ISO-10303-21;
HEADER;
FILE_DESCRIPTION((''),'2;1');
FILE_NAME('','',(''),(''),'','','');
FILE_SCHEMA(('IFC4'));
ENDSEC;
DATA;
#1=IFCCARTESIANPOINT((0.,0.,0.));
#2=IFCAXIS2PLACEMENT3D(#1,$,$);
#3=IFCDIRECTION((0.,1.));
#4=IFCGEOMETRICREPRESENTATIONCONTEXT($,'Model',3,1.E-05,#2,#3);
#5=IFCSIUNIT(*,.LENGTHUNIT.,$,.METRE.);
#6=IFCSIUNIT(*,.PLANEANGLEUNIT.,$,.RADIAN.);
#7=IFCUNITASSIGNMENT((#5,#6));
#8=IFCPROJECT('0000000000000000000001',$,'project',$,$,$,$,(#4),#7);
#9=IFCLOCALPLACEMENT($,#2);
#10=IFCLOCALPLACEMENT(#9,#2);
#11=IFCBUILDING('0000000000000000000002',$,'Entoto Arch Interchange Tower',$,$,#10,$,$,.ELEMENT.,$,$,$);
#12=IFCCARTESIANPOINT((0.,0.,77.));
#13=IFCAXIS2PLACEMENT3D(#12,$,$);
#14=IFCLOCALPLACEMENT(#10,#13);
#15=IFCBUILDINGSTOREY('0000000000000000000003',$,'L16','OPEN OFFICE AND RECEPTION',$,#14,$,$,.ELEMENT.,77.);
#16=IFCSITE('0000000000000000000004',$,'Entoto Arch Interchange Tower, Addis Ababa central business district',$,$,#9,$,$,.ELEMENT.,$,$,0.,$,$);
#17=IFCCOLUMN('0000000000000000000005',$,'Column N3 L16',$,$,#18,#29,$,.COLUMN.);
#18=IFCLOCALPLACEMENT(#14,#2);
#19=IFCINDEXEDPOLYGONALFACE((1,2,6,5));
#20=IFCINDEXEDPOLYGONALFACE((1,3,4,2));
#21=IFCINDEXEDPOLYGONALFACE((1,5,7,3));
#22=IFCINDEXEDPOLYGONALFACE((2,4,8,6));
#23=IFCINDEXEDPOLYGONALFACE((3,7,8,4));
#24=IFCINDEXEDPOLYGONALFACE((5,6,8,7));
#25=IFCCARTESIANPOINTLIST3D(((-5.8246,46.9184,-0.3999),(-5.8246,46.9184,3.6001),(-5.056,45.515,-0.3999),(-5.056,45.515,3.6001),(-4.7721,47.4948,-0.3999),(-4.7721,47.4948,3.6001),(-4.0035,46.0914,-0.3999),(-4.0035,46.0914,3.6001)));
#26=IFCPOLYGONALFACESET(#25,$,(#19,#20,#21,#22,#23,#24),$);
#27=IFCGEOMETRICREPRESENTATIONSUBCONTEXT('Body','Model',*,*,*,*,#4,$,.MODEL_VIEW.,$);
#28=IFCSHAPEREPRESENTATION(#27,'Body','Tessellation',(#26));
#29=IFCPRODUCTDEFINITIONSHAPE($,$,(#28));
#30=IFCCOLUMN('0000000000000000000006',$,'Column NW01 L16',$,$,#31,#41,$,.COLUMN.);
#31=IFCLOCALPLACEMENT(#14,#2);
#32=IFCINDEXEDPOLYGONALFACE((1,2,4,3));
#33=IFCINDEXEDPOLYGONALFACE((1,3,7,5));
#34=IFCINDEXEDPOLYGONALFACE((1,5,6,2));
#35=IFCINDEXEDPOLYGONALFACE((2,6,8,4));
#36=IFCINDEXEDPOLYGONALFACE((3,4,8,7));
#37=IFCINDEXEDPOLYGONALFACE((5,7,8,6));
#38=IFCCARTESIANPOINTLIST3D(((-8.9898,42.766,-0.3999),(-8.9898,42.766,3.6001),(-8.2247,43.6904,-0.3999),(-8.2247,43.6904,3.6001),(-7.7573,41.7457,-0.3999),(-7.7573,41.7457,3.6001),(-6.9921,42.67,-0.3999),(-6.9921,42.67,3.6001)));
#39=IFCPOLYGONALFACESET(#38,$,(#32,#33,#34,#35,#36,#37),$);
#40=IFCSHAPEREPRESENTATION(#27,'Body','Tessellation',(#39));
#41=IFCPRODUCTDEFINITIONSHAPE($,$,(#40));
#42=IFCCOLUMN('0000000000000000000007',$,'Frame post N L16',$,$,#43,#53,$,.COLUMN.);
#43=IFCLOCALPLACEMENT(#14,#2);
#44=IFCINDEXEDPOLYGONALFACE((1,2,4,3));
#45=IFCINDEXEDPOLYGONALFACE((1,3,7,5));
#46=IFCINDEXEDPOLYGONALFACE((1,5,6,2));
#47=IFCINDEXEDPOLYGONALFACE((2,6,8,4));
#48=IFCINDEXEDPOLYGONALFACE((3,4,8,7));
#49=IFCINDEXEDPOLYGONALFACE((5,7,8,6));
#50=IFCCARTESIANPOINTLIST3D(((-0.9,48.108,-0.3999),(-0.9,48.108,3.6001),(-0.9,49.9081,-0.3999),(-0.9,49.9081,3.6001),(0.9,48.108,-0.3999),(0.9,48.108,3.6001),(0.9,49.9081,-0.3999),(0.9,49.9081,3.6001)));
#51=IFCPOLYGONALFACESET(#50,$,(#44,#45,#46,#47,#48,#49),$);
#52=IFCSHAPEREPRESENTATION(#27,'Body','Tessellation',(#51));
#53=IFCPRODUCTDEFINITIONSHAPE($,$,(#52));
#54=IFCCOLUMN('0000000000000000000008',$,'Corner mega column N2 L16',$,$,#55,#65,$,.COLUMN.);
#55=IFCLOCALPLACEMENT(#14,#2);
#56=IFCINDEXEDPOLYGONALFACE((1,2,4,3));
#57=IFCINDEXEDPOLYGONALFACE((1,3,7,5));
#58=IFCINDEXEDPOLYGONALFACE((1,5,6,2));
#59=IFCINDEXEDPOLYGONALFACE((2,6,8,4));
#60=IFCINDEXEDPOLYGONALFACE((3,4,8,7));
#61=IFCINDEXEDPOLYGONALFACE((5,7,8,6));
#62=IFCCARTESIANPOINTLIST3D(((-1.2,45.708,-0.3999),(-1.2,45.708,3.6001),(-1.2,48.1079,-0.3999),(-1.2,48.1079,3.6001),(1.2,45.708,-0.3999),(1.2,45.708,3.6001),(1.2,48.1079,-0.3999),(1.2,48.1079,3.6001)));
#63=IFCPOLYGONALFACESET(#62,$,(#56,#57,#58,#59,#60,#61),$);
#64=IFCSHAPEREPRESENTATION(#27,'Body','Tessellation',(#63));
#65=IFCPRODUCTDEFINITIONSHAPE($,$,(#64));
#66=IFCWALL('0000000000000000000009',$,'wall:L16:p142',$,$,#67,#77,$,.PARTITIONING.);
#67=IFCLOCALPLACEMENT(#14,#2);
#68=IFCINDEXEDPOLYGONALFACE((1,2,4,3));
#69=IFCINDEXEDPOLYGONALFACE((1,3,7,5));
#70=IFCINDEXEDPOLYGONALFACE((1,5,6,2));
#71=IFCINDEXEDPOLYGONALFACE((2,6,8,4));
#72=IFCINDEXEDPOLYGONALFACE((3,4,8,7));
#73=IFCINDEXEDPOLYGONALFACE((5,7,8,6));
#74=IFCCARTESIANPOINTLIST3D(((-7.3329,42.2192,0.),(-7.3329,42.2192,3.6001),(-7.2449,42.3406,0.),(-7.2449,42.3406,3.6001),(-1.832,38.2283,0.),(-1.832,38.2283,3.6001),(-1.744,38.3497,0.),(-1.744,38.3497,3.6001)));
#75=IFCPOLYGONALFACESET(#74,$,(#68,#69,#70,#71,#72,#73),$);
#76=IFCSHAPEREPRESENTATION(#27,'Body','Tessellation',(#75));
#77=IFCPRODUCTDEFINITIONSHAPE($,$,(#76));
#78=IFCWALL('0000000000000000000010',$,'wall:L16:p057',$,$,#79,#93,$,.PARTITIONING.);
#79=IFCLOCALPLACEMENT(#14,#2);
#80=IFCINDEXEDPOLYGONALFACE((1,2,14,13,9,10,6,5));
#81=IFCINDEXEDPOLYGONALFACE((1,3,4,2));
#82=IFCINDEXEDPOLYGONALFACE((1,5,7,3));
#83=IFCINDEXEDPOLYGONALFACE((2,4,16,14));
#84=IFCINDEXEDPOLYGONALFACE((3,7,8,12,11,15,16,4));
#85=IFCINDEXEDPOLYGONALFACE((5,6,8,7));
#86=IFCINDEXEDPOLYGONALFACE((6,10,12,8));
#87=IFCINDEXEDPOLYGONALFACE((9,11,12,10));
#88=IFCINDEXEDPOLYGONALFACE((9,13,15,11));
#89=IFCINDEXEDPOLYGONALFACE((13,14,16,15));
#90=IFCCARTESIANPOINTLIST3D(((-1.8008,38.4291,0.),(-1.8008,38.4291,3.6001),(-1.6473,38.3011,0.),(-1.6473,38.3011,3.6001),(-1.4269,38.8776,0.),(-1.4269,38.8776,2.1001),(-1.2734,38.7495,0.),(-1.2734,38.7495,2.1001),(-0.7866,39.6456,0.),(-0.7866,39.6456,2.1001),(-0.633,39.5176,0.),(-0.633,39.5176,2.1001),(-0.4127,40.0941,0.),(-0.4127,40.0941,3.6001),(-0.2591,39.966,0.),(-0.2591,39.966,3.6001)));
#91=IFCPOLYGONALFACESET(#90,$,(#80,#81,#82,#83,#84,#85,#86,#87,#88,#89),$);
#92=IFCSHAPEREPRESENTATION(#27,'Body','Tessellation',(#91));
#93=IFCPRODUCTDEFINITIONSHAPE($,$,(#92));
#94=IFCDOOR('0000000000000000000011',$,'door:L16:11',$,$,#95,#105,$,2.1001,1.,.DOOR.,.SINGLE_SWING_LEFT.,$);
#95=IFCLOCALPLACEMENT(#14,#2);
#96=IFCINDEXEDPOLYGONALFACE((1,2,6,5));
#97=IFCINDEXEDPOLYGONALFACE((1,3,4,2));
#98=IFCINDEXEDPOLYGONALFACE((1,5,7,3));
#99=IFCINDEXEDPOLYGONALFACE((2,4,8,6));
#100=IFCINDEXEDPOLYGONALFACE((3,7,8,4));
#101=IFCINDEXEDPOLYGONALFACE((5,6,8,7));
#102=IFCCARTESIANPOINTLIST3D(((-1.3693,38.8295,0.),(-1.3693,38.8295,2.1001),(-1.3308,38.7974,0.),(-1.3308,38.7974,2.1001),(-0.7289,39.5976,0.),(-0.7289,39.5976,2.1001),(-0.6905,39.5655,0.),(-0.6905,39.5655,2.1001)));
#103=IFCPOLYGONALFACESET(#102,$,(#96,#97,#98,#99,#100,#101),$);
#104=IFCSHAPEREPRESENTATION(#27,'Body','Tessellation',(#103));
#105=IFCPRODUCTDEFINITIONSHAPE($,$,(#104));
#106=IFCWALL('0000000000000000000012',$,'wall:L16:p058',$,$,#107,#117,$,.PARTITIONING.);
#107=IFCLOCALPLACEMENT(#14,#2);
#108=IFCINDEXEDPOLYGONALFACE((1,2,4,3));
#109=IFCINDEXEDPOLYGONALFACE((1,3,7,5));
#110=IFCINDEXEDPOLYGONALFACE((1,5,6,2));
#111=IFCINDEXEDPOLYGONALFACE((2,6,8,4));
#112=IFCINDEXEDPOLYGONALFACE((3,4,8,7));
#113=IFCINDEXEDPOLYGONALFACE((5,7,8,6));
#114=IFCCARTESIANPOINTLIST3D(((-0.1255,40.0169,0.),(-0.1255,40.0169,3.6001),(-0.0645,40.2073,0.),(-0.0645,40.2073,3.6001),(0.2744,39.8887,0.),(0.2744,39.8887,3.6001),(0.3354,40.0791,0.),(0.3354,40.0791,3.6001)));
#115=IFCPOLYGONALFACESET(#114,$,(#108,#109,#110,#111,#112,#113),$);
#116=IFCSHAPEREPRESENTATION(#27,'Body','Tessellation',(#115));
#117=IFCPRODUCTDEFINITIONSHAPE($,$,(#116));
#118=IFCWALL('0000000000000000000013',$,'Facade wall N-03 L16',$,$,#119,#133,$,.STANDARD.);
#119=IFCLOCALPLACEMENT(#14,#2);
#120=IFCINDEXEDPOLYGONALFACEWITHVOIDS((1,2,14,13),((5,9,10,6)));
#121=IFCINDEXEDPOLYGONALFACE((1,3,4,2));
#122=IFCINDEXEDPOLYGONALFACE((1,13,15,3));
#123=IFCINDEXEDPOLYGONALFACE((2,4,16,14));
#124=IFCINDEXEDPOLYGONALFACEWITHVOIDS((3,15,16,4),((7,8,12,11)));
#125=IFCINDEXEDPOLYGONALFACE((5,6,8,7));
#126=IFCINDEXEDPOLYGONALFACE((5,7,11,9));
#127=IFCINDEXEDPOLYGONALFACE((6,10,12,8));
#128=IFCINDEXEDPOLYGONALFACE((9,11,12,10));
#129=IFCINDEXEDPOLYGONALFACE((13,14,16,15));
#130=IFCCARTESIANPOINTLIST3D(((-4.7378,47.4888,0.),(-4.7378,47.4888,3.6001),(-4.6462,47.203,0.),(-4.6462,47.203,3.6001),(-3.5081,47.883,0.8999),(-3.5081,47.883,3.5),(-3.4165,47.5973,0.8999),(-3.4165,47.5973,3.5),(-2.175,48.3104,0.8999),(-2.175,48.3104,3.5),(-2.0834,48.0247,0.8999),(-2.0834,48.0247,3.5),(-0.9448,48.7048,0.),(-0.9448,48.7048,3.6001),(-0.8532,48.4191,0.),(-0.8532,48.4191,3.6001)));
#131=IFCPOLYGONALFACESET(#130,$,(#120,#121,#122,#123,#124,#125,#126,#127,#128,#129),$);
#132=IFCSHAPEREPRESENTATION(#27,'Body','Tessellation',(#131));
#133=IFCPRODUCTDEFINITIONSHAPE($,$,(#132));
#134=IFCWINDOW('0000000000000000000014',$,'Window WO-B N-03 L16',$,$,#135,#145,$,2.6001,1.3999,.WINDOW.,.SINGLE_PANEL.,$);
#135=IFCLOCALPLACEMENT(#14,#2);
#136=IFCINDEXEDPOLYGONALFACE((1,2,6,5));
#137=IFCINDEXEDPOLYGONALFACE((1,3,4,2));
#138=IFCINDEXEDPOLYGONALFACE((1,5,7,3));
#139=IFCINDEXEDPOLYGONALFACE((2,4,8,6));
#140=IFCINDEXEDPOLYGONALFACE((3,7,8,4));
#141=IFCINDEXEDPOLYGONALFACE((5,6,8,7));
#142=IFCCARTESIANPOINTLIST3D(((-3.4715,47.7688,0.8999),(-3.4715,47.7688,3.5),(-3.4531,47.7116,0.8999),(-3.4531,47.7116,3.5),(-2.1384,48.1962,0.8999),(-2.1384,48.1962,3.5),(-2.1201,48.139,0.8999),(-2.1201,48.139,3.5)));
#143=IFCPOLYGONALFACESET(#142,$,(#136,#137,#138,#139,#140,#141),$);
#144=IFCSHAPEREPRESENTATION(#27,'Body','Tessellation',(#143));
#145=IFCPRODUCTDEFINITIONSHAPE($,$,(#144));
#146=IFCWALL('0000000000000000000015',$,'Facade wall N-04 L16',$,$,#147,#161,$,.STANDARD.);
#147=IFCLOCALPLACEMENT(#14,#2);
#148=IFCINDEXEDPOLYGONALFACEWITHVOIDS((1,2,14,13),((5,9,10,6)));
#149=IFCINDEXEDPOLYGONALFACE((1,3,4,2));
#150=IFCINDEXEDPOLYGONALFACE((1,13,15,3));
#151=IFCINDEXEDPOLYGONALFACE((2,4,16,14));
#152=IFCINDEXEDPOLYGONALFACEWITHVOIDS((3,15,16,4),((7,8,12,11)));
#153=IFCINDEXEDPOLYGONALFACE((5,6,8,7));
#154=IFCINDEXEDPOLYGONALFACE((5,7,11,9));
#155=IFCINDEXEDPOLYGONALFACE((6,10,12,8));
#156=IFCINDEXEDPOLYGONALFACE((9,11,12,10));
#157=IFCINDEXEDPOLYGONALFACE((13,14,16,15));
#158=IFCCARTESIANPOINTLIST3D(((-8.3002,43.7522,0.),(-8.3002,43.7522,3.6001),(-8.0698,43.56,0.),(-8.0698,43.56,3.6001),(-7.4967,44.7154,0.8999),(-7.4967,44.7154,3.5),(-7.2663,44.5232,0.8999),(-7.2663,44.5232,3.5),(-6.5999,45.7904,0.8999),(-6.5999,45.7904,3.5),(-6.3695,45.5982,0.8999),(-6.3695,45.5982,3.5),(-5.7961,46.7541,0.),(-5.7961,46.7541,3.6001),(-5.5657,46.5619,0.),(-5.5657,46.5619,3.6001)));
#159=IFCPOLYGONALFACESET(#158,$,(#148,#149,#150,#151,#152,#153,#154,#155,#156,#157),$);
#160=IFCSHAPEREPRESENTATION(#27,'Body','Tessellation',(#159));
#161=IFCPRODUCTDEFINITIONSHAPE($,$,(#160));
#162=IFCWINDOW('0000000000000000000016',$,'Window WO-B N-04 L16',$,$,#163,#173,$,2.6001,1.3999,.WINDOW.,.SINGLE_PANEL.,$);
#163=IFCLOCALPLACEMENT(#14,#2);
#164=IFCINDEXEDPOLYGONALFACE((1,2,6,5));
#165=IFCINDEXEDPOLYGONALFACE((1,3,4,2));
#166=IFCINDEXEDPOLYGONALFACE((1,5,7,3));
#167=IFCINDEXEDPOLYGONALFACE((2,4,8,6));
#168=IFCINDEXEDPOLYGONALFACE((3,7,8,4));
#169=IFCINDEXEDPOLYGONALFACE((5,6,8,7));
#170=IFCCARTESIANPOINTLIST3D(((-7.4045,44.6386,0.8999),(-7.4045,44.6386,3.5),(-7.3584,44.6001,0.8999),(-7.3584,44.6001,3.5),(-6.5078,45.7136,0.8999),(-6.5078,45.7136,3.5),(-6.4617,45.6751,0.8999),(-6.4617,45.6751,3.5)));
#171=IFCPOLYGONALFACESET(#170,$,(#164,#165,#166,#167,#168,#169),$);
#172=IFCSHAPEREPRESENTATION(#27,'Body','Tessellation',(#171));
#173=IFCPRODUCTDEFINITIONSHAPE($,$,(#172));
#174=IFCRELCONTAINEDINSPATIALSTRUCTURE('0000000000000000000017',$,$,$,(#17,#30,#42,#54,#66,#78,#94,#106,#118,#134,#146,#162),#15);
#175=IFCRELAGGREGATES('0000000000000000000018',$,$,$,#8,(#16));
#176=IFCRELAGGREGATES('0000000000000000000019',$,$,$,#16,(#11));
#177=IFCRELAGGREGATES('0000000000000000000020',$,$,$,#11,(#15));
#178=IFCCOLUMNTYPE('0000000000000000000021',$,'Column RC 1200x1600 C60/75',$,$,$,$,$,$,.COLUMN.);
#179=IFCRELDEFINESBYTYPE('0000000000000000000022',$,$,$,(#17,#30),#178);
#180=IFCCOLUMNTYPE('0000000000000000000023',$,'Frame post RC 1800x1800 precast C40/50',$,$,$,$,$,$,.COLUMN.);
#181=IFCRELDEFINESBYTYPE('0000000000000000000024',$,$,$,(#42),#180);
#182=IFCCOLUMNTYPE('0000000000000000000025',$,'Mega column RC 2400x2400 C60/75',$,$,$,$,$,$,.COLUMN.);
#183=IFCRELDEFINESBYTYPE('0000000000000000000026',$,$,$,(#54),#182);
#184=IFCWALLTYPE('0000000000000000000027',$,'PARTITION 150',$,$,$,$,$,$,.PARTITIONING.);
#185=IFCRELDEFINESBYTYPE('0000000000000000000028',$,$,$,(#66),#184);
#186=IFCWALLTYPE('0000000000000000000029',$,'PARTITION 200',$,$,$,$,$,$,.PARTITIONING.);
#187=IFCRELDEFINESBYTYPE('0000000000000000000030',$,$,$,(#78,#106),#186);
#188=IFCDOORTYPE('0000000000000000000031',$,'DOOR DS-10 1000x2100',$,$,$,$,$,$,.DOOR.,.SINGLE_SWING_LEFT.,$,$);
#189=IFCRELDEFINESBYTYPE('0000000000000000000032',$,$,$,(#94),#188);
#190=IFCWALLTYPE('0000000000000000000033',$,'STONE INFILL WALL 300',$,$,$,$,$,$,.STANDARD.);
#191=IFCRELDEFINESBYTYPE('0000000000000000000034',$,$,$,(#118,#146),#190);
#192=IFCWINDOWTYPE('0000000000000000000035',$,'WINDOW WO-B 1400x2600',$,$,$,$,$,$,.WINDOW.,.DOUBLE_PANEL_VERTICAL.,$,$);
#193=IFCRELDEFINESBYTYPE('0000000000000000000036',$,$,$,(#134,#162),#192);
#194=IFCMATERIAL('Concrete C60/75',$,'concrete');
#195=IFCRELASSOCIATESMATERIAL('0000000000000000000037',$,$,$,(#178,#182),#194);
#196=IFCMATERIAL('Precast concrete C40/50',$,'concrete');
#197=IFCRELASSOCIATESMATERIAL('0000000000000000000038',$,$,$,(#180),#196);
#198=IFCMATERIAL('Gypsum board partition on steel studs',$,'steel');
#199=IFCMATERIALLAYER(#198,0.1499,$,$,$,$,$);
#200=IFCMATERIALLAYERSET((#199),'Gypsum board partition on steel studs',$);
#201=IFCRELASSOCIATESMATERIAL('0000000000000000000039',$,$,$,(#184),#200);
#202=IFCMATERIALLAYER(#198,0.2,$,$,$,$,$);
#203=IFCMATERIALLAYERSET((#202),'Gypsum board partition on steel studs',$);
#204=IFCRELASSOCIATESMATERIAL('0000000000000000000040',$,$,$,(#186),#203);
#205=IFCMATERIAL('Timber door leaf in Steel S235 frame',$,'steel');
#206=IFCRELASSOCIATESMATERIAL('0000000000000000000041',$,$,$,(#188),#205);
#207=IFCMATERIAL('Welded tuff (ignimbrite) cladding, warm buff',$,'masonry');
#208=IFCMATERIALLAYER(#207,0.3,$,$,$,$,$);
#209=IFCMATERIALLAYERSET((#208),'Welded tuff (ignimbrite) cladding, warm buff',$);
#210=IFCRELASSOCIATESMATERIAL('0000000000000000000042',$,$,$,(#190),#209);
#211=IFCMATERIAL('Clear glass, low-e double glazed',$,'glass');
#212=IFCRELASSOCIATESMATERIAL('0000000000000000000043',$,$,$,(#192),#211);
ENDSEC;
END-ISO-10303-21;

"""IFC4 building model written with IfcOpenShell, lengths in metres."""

from ifc_helpers import new_model, si_unit, direction, frame, frame_2d, origin, origin_2d, place, context, subcontext, project, spatial, rectangle, extrude, material, layer, layer_set, material_profile, profile_set, type_object, element, fill, save


model = new_model("IFC4")

# Units and contexts
model_context = context("Model", 3, precision=1e-05, world=origin(), true_north=direction((0.0, 1.0)))
body_context = subcontext(model_context, "Body", "Model", "MODEL_VIEW")
ifc_project = project(units=[si_unit("LENGTHUNIT", "METRE"), si_unit("PLANEANGLEUNIT", "RADIAN")], contexts=[model_context])

# Site, building, storey
site_placement = place(None, origin())
site = spatial("IfcSite", under=ifc_project, at=site_placement, Name="Entoto Arch Interchange Tower, Addis Ababa central business district", CompositionType="ELEMENT", RefElevation=0.0)
building_placement = place(site_placement, origin())
building = spatial("IfcBuilding", under=site, at=building_placement, Name="Entoto Arch Interchange Tower", CompositionType="ELEMENT")
storey_placement = place(building_placement, frame((0.0, 0.0, 77.0)))
storey = spatial("IfcBuildingStorey", under=building, at=storey_placement, Name="L16", Description="OPEN OFFICE AND RECEPTION", CompositionType="ELEMENT", Elevation=77.0)

# Columns
ifc_material_1 = material(Name="Concrete C60/75", Category="concrete")
ifc_material_profile_1 = material_profile(ifc_material_1, rectangle(XDim=1.2, YDim=1.6001, at=origin_2d()))
ifc_profile_set_1 = profile_set([ifc_material_profile_1], Name="Concrete C60/75")
column_type_1 = type_object("IfcColumnType", Name="Column RC 1200x1600 C60/75", PredefinedType="COLUMN", material=ifc_profile_set_1)
for number, where, z_axis, x_axis, name in (
    (1, (-4.9141, 46.5049, -0.3999), (0.0, 0.0, 1.0), (0.877079, 0.480346, 0.0), "Column N3 L16"),
    (2, (-7.991, 42.718, -0.3999), (0.0, 0.0, 1.0), (0.637666, 0.770313, 0.0), "Column NW01 L16"),
):
    element("IfcColumn", number, at=place(storey_placement, frame(where, z_axis=z_axis, x_axis=x_axis)), inside=storey, type_object=column_type_1, Name=name, PredefinedType="COLUMN", context=body_context, shape_type="SweptSolid", body=[
        extrude(rectangle(XDim=1.2, YDim=1.6001, at=origin_2d()), origin(), (0.0, 0.0, 1.0), 4.0),
    ])
ifc_material_2 = material(Name="Precast concrete C40/50", Category="concrete")
ifc_material_profile_2 = material_profile(ifc_material_2, rectangle(XDim=1.8, YDim=1.8, at=origin_2d()))
ifc_profile_set_2 = profile_set([ifc_material_profile_2], Name="Precast concrete C40/50")
column_type_2 = type_object("IfcColumnType", Name="Frame post RC 1800x1800 precast C40/50", PredefinedType="COLUMN", material=ifc_profile_set_2)
column_1_placement = place(storey_placement, frame((0.0, 49.0081, -0.3999), z_axis=(0.0, 0.0, 1.0), x_axis=(0.0, 1.0, 0.0)))
element("IfcColumn", 3, at=column_1_placement, inside=storey, type_object=column_type_2, Name="Frame post N L16", PredefinedType="COLUMN", context=body_context, shape_type="SweptSolid", body=[
    extrude(rectangle(XDim=1.8, YDim=1.8, at=origin_2d()), origin(), (0.0, 0.0, 1.0), 4.0),
])
ifc_material_profile_3 = material_profile(ifc_material_1, rectangle(XDim=2.3999, YDim=2.3999, at=origin_2d()))
ifc_profile_set_3 = profile_set([ifc_material_profile_3], Name="Concrete C60/75")
column_type_3 = type_object("IfcColumnType", Name="Mega column RC 2400x2400 C60/75", PredefinedType="COLUMN", material=ifc_profile_set_3)
column_2_placement = place(storey_placement, frame((0.0, 46.908, -0.3999), z_axis=(0.0, 0.0, 1.0), x_axis=(0.0, 1.0, 0.0)))
element("IfcColumn", 4, at=column_2_placement, inside=storey, type_object=column_type_3, Name="Corner mega column N2 L16", PredefinedType="COLUMN", context=body_context, shape_type="SweptSolid", body=[
    extrude(rectangle(XDim=2.3999, YDim=2.3999, at=origin_2d()), origin(), (0.0, 0.0, 1.0), 4.0),
])

# Wall
ifc_material_3 = material(Name="Gypsum board partition on steel studs", Category="steel")
ifc_layer_1 = layer(ifc_material_3, 0.1499)
ifc_layer_set_1 = layer_set([ifc_layer_1], Name="Gypsum board partition on steel studs")
wall_type_1 = type_object("IfcWallType", Name="PARTITION 150", PredefinedType="PARTITIONING", material=ifc_layer_set_1)
wall_1_placement = place(storey_placement, frame((-1.7881, 38.2891, 0.0), z_axis=(0.0, 0.0, 1.0), x_axis=(-0.809417, 0.587234, 0.0)))
element("IfcWall", 5, at=wall_1_placement, inside=storey, type_object=wall_type_1, Name="wall:L16:p142", PredefinedType="PARTITIONING", context=body_context, shape_type="SweptSolid", body=[
    extrude(rectangle(XDim=6.7961, YDim=0.1499, at=frame_2d((3.3979, 0.0))), origin(), (0.0, 0.0, 1.0), 3.6001),
])

# Wall, opening, door
ifc_layer_2 = layer(ifc_material_3, 0.2)
ifc_layer_set_2 = layer_set([ifc_layer_2], Name="Gypsum board partition on steel studs")
wall_type_2 = type_object("IfcWallType", Name="PARTITION 200", PredefinedType="PARTITIONING", material=ifc_layer_set_2)
wall_2_placement = place(storey_placement, frame((-1.7241, 38.365, 0.0), z_axis=(0.0, 0.0, 1.0), x_axis=(0.640362, 0.768074, 0.0)))
wall_2 = element("IfcWall", 6, at=wall_2_placement, inside=storey, type_object=wall_type_2, Name="wall:L16:p057", PredefinedType="PARTITIONING", context=body_context, shape_type="SweptSolid", body=[
    extrude(rectangle(XDim=2.1677, YDim=0.2, at=frame_2d((1.084, 0.0))), origin(), (0.0, 0.0, 1.0), 3.6001),
])
opening_1_placement = place(wall_2_placement, frame((0.584, 0.0, 0.0)))
opening_1 = element("IfcOpeningElement", 7, at=opening_1_placement, cuts=wall_2, PredefinedType="OPENING", context=body_context, shape_type="SweptSolid", body=[
    extrude(rectangle(XDim=1.0, YDim=2.1001, at=frame_2d((0.5, 1.05))), frame((0.0, 0.1099, 0.0), z_axis=(0.0, -1.0, 0.0), x_axis=(1.0, 0.0, 0.0)), (0.0, 0.0, 1.0), 0.22),
])
ifc_material_4 = material(Name="Timber door leaf in Steel S235 frame", Category="steel")
door_type = type_object("IfcDoorType", Name="DOOR DS-10 1000x2100", OperationType="SINGLE_SWING_LEFT", PredefinedType="DOOR", material=ifc_material_4)
door_placement = place(opening_1_placement, origin())
door = element("IfcDoor", 8, at=door_placement, inside=storey, type_object=door_type, Name="door:L16:11", OperationType="SINGLE_SWING_LEFT", OverallHeight=2.1001, OverallWidth=1.0, PredefinedType="DOOR", context=body_context, shape_type="SweptSolid", body=[
    extrude(rectangle(XDim=1.0, YDim=2.1001, at=frame_2d((0.5, 1.05))), frame((0.0, 0.0249, 0.0), z_axis=(0.0, -1.0, 0.0), x_axis=(1.0, 0.0, 0.0)), (0.0, 0.0, 1.0), 0.05),
])
fill(opening_1, door)

# Wall
wall_3_placement = place(storey_placement, frame((-0.095, 40.1121, 0.0), z_axis=(0.0, 0.0, 1.0), x_axis=(0.952282, -0.305219, 0.0)))
element("IfcWall", 9, at=wall_3_placement, inside=storey, type_object=wall_type_2, Name="wall:L16:p058", PredefinedType="PARTITIONING", context=body_context, shape_type="SweptSolid", body=[
    extrude(rectangle(XDim=0.4199, YDim=0.2, at=frame_2d((0.21, 0.0))), origin(), (0.0, 0.0, 1.0), 3.6001),
])

# Walls, openings, windows
ifc_material_5 = material(Name="Welded tuff (ignimbrite) cladding, warm buff", Category="masonry")
ifc_layer_3 = layer(ifc_material_5, 0.3)
ifc_layer_set_3 = layer_set([ifc_layer_3], Name="Welded tuff (ignimbrite) cladding, warm buff")
wall_type_3 = type_object("IfcWallType", Name="STONE INFILL WALL 300", PredefinedType="STANDARD", material=ifc_layer_set_3)
wall_4_placement = place(storey_placement, frame((-0.8989, 48.562, 0.0), z_axis=(0.0, 0.0, 1.0), x_axis=(-0.952255, -0.305303, 0.0)))
wall_4 = element("IfcWall", 10, at=wall_4_placement, inside=storey, type_object=wall_type_3, Name="Facade wall N-03 L16", PredefinedType="STANDARD", context=body_context, shape_type="SweptSolid", body=[
    extrude(rectangle(XDim=3.9832, YDim=0.3, at=frame_2d((1.9917, 0.0))), origin(), (0.0, 0.0, 1.0), 3.6001),
])
opening_2_placement = place(wall_4_placement, frame((1.292, 0.0, 0.8999)))
opening_2 = element("IfcOpeningElement", 11, at=opening_2_placement, cuts=wall_4, PredefinedType="OPENING", context=body_context, shape_type="SweptSolid", body=[
    extrude(rectangle(XDim=1.3999, YDim=2.6001, at=frame_2d((0.7, 1.3))), frame((0.0, 0.1602, 0.0), z_axis=(0.0, -1.0, 0.0), x_axis=(1.0, 0.0, 0.0)), (0.0, 0.0, 1.0), 0.3201),
])
ifc_material_6 = material(Name="Clear glass, low-e double glazed", Category="glass")
window_type_1 = type_object("IfcWindowType", Name="WINDOW WO-B 1400x2600", PartitioningType="DOUBLE_PANEL_VERTICAL", PredefinedType="WINDOW", material=ifc_material_6)
window_1_placement = place(opening_2_placement, origin())
window_1 = element("IfcWindow", 12, at=window_1_placement, inside=storey, type_object=window_type_1, Name="Window WO-B N-03 L16", OverallHeight=2.6001, OverallWidth=1.3999, PartitioningType="SINGLE_PANEL", PredefinedType="WINDOW", context=body_context, shape_type="SweptSolid", body=[
    extrude(rectangle(XDim=1.3999, YDim=2.6001, at=frame_2d((0.7, 1.3))), frame((0.0, 0.03, 0.0), z_axis=(0.0, -1.0, 0.0), x_axis=(1.0, 0.0, 0.0)), (0.0, 0.0, 1.0), 0.0601),
])
fill(opening_2, window_1)
wall_5_placement = place(storey_placement, frame((-5.6809, 46.658, 0.0), z_axis=(0.0, 0.0, 1.0), x_axis=(-0.640565, -0.767904, 0.0)))
wall_5 = element("IfcWall", 13, at=wall_5_placement, inside=storey, type_object=wall_type_3, Name="Facade wall N-04 L16", PredefinedType="STANDARD", context=body_context, shape_type="SweptSolid", body=[
    extrude(rectangle(XDim=3.9092, YDim=0.3, at=frame_2d((1.9546, 0.0))), origin(), (0.0, 0.0, 1.0), 3.6001),
])
opening_3_placement = place(wall_5_placement, frame((1.2549, 0.0, 0.8999)))
opening_3 = element("IfcOpeningElement", 14, at=opening_3_placement, cuts=wall_5, PredefinedType="OPENING", context=body_context, shape_type="SweptSolid", body=[
    extrude(rectangle(XDim=1.3999, YDim=2.6001, at=frame_2d((0.7, 1.3))), frame((0.0, 0.1602, 0.0), z_axis=(0.0, -1.0, 0.0), x_axis=(1.0, 0.0, 0.0)), (0.0, 0.0, 1.0), 0.3201),
])
window_2_placement = place(opening_3_placement, origin())
window_2 = element("IfcWindow", 15, at=window_2_placement, inside=storey, type_object=window_type_1, Name="Window WO-B N-04 L16", OverallHeight=2.6001, OverallWidth=1.3999, PartitioningType="SINGLE_PANEL", PredefinedType="WINDOW", context=body_context, shape_type="SweptSolid", body=[
    extrude(rectangle(XDim=1.3999, YDim=2.6001, at=frame_2d((0.7, 1.3))), frame((0.0, 0.03, 0.0), z_axis=(0.0, -1.0, 0.0), x_axis=(1.0, 0.0, 0.0)), (0.0, 0.0, 1.0), 0.0601),
])
fill(opening_3, window_2)

save(model, "model.ifc")
